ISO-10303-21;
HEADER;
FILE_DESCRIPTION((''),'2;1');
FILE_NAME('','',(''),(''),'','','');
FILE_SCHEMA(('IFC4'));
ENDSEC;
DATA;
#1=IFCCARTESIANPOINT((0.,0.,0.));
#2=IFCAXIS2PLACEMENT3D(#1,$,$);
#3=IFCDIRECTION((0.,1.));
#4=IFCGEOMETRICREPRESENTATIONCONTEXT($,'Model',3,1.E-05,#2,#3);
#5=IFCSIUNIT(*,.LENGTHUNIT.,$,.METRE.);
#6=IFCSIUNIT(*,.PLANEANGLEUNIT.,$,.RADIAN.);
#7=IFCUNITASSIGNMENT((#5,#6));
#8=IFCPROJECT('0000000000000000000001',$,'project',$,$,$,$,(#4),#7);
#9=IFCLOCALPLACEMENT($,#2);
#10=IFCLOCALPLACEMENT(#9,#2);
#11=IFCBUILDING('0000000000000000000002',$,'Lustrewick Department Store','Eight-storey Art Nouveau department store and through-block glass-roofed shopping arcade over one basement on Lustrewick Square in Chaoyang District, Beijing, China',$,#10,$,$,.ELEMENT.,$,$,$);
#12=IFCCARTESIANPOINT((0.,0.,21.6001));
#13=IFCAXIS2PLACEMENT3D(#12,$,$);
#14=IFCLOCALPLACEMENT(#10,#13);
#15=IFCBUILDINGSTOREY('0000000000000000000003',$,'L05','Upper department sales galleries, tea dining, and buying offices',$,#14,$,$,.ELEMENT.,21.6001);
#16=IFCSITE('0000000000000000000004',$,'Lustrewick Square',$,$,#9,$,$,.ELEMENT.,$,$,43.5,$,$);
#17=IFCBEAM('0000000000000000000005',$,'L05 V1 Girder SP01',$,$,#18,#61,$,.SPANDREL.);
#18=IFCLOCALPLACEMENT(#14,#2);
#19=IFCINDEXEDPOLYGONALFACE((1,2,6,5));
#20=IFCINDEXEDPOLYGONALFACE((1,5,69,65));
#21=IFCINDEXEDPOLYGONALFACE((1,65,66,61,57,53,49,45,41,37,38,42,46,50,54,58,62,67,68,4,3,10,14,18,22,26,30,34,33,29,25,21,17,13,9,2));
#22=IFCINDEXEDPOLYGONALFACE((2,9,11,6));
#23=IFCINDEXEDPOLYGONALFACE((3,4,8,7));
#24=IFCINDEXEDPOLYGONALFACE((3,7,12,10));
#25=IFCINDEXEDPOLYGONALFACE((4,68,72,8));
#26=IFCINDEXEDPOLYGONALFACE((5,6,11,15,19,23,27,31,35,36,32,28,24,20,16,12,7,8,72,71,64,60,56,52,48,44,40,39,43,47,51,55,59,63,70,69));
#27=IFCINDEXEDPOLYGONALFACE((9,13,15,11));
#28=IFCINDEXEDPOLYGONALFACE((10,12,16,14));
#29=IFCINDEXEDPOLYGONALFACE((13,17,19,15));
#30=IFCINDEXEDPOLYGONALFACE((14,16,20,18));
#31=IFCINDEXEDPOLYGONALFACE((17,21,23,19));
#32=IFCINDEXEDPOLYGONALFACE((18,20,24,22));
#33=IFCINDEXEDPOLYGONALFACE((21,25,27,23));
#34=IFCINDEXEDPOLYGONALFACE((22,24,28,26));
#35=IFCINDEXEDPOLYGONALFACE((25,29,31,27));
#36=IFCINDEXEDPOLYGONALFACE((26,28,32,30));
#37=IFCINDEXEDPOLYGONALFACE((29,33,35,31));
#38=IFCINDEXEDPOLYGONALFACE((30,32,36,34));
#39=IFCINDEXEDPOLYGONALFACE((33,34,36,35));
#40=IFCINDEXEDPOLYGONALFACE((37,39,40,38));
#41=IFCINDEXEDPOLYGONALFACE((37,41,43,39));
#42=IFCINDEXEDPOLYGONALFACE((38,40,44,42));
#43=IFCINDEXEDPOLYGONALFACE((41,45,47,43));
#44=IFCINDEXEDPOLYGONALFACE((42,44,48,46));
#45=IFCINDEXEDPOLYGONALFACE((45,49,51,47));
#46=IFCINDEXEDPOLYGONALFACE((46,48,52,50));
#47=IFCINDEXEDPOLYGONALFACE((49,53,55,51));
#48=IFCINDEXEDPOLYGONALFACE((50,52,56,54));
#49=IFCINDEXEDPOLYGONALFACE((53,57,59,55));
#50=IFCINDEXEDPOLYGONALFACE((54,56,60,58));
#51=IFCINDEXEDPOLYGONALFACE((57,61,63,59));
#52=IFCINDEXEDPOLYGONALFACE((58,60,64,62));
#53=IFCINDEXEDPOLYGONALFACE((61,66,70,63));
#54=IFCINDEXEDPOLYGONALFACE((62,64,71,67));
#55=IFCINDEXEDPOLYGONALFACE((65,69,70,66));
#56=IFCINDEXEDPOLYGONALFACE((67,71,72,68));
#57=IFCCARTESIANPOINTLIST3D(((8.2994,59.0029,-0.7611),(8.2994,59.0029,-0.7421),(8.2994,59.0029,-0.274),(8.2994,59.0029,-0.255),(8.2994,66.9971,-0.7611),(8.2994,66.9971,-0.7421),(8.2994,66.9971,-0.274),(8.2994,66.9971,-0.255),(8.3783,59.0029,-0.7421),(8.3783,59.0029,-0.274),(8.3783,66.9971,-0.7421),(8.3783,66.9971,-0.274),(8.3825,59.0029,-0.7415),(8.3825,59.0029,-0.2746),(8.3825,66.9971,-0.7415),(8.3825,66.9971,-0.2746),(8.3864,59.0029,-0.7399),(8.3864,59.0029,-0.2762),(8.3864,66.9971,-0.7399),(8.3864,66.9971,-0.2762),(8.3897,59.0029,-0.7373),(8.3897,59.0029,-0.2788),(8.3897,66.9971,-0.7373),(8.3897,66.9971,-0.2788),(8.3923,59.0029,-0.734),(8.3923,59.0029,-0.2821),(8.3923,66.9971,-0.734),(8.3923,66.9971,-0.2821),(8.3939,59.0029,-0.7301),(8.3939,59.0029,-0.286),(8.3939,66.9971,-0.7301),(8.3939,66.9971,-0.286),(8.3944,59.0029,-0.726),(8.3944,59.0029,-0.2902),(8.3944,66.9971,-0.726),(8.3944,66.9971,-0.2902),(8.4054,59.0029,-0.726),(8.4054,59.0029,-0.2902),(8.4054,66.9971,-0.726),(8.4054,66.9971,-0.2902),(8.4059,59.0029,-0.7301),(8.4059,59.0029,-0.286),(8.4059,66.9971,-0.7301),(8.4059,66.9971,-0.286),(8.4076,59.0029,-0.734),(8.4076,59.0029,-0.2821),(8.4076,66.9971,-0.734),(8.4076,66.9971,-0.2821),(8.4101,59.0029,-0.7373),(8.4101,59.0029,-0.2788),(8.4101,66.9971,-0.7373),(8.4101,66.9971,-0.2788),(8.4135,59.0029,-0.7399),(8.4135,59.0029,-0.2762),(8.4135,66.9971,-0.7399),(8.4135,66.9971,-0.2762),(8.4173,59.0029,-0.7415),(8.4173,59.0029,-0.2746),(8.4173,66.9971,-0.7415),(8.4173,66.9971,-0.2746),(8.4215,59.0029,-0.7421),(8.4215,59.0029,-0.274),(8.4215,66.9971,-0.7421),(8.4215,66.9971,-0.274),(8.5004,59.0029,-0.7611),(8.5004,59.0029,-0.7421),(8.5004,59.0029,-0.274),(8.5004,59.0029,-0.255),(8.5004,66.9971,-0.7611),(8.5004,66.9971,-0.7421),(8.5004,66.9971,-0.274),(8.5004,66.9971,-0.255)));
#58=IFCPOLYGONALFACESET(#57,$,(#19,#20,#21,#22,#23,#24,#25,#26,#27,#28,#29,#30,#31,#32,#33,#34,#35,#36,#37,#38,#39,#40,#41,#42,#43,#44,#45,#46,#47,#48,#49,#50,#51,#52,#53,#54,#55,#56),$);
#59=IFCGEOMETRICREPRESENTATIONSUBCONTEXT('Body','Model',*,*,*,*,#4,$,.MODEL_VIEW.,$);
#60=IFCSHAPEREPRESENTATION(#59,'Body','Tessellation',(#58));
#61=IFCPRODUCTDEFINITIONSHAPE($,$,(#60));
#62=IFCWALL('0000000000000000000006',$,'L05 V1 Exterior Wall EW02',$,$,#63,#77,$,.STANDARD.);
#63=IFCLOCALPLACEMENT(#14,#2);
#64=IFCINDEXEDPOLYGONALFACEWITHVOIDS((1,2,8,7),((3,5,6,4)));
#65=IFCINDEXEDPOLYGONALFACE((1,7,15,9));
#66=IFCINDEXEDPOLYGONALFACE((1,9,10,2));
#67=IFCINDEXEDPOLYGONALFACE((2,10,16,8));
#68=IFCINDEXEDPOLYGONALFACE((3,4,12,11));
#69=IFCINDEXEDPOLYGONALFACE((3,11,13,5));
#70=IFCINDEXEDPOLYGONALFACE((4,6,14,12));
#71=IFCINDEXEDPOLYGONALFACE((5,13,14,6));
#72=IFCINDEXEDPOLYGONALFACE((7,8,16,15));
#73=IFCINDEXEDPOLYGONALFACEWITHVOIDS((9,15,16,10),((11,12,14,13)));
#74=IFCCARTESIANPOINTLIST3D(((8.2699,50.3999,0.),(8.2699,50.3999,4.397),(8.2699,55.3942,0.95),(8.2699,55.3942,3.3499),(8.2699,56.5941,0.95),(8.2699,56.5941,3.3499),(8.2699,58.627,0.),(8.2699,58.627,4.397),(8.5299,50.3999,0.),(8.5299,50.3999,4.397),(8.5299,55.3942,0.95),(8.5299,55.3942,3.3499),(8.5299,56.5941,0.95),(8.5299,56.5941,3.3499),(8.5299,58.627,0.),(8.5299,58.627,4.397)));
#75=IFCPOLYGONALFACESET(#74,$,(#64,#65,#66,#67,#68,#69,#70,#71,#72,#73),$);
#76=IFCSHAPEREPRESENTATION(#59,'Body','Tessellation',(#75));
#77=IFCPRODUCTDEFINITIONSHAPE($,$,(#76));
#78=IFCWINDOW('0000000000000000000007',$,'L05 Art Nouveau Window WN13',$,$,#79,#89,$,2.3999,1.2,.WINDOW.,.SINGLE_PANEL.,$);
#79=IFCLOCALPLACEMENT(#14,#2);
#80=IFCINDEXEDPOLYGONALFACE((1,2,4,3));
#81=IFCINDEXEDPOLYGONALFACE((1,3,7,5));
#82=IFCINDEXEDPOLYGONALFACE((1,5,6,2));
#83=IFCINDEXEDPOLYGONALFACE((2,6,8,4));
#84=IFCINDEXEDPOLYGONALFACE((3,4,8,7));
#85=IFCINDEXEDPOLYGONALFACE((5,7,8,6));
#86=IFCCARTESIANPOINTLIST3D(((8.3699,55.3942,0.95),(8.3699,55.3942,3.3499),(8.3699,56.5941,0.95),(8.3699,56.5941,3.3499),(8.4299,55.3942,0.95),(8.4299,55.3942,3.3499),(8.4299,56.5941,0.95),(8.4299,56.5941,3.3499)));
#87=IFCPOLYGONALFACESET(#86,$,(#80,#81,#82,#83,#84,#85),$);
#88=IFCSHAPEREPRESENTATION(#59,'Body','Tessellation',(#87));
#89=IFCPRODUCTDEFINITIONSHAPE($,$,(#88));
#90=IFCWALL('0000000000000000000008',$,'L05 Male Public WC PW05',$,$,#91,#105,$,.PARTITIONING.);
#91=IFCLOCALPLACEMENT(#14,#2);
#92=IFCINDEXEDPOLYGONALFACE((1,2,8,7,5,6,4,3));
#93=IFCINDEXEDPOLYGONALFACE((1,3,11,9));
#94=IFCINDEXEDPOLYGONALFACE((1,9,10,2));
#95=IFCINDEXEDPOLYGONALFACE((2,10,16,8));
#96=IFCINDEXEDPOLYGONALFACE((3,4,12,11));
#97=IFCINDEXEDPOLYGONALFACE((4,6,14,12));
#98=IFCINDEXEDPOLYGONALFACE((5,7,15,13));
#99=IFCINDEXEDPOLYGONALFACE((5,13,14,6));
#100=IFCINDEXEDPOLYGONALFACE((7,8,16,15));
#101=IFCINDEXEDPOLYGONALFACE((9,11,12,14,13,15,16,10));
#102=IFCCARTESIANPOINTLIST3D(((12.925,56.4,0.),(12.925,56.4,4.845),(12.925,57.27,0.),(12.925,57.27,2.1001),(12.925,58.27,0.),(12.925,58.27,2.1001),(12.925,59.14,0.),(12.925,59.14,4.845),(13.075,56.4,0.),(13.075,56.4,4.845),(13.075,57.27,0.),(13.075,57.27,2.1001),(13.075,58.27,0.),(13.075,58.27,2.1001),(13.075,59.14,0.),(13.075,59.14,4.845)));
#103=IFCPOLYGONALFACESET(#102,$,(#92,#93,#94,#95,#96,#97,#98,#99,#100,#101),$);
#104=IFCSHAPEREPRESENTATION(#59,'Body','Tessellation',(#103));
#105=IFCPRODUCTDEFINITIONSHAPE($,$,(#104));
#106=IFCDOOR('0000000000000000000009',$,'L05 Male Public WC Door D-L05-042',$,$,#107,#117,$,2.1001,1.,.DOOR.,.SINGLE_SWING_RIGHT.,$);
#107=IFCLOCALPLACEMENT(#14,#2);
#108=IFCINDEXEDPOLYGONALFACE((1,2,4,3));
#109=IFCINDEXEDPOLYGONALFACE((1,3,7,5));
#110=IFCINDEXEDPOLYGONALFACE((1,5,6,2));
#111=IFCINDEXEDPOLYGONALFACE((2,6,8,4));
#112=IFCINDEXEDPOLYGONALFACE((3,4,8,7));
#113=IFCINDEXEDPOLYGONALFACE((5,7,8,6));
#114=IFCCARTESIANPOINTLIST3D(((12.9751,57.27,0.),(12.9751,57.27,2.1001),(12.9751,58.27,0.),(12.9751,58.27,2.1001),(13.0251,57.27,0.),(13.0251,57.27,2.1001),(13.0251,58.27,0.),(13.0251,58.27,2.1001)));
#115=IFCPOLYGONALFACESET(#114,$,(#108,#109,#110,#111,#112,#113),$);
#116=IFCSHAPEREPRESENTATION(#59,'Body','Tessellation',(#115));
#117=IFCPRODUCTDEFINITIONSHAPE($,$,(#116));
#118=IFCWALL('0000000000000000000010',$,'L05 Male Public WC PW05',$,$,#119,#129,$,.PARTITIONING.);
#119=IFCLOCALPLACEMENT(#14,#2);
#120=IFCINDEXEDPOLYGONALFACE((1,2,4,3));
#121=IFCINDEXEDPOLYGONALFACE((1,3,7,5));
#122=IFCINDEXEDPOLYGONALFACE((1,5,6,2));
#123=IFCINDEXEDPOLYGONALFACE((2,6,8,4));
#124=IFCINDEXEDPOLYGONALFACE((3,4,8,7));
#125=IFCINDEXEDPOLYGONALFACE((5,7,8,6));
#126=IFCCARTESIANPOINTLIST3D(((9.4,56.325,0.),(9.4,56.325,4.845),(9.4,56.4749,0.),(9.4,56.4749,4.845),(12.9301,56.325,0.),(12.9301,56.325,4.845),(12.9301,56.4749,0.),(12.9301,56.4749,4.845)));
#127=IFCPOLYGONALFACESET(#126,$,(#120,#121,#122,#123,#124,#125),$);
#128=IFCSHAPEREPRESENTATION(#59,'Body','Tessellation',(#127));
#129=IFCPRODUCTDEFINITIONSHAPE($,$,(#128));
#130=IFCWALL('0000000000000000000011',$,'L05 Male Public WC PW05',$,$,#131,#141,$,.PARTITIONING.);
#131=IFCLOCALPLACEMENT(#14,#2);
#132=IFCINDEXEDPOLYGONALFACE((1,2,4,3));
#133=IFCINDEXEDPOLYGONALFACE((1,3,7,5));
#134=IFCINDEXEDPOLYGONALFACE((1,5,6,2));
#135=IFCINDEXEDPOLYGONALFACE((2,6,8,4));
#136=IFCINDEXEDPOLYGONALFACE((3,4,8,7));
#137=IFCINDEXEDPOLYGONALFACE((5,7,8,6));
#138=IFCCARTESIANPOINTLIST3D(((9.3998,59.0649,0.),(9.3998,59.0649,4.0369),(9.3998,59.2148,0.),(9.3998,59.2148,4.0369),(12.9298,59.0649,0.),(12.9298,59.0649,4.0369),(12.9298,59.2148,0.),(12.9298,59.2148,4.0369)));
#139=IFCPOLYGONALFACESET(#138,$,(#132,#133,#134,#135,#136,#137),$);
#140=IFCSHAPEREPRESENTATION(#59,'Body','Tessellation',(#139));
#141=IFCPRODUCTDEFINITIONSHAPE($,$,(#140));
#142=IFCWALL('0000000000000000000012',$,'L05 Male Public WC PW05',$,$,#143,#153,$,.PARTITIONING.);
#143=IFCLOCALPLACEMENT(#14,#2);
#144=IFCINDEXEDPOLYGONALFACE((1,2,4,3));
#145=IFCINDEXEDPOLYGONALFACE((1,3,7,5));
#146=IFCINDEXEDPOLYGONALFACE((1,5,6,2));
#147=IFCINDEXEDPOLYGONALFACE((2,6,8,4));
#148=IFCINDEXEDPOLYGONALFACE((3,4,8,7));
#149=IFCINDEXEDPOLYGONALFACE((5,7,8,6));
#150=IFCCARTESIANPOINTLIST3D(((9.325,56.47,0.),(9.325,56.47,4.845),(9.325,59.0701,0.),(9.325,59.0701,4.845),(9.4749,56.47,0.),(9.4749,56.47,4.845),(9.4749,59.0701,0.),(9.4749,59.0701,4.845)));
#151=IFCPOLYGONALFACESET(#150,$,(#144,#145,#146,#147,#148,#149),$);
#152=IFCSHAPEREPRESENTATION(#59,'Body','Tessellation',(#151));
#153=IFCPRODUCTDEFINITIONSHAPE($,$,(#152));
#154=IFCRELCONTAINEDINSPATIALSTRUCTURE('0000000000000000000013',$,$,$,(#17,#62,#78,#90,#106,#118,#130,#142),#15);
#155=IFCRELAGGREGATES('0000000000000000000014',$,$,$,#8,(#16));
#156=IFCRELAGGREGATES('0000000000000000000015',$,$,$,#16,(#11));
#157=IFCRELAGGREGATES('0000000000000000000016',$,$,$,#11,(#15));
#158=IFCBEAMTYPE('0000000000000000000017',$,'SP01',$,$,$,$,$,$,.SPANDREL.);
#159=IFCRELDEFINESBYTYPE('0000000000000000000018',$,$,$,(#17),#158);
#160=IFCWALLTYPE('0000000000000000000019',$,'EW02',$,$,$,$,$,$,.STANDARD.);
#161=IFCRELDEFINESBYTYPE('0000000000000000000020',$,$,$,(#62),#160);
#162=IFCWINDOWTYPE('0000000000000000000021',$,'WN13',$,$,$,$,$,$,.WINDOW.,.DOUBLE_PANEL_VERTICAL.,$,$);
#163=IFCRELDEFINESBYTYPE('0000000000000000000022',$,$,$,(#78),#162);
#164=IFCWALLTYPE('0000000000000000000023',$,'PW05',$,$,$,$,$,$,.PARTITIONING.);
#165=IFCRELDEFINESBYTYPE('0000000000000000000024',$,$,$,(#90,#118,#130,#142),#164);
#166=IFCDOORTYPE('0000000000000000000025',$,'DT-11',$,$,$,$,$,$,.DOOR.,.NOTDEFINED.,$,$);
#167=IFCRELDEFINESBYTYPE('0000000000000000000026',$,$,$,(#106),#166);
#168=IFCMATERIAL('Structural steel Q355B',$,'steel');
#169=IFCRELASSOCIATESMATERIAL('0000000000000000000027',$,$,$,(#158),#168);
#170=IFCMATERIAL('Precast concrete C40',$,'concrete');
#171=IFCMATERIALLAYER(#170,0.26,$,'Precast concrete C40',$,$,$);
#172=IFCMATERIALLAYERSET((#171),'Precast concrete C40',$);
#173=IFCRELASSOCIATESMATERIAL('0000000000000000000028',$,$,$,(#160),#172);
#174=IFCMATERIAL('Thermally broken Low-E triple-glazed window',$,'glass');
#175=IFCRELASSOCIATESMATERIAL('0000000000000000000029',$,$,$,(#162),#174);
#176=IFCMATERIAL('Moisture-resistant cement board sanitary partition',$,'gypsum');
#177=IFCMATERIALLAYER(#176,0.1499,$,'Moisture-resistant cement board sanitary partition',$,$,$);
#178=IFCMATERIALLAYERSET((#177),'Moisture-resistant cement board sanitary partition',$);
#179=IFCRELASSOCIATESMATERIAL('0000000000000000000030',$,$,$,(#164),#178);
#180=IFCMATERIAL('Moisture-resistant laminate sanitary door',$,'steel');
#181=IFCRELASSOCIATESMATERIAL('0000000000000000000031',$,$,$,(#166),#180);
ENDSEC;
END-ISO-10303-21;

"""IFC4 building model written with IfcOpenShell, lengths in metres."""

from ifc_helpers import new_model, si_unit, direction, frame, frame_2d, origin, origin_2d, place, context, subcontext, project, spatial, rectangle, i_section, extrude, material, layer, layer_set, material_profile, profile_set, type_object, element, fill, save


model = new_model("IFC4")

# Units and contexts
model_context = context("Model", 3, precision=1e-05, world=origin(), true_north=direction((0.0, 1.0)))
body_context = subcontext(model_context, "Body", "Model", "MODEL_VIEW")
ifc_project = project(units=[si_unit("LENGTHUNIT", "METRE"), si_unit("PLANEANGLEUNIT", "RADIAN")], contexts=[model_context])

# Site, building, storey
site_placement = place(None, origin())
site = spatial("IfcSite", under=ifc_project, at=site_placement, Name="Lustrewick Square", CompositionType="ELEMENT", RefElevation=43.5)
building_placement = place(site_placement, origin())
building = spatial("IfcBuilding", under=site, at=building_placement, Name="Lustrewick Department Store", Description="Eight-storey Art Nouveau department store and through-block glass-roofed shopping arcade over one basement on Lustrewick Square in Chaoyang District, Beijing, China", CompositionType="ELEMENT")
storey_placement = place(building_placement, frame((0.0, 0.0, 21.6001)))
storey = spatial("IfcBuildingStorey", under=building, at=storey_placement, Name="L05", Description="Upper department sales galleries, tea dining, and buying offices", CompositionType="ELEMENT", Elevation=21.6001)

# Shared definitions
ifc_material_1 = material(Name="Structural steel Q355B", Category="steel")

# Beam
ifc_material_profile_1 = material_profile(ifc_material_1, i_section(OverallWidth=0.2009, OverallDepth=0.5061, WebThickness=0.011, FlangeThickness=0.019, FilletRadius=0.0161, at=origin_2d()), Name="HN 506x201x11x19")
ifc_profile_set_1 = profile_set([ifc_material_profile_1], Name="Structural steel Q355B")
beam_type_1 = type_object("IfcBeamType", Name="SP01", PredefinedType="SPANDREL", material=ifc_profile_set_1)
beam_1_placement = place(storey_placement, frame((8.3999, 59.0029, -0.5081), z_axis=(0.0, 1.0, 0.0), x_axis=(-1.0, 0.0, 0.0)))
element("IfcBeam", 1, at=beam_1_placement, inside=storey, type_object=beam_type_1, Name="L05 V1 Girder SP01", PredefinedType="SPANDREL", context=body_context, shape_type="SweptSolid", body=[
    extrude(i_section(OverallWidth=0.2009, OverallDepth=0.5061, WebThickness=0.011, FlangeThickness=0.019, FilletRadius=0.0161, at=origin_2d()), origin(), (0.0, 0.0, 1.0), 7.9941),
])

# Wall, opening, window
ifc_material_2 = material(Name="Precast concrete C40", Category="concrete")
ifc_layer_1 = layer(ifc_material_2, 0.26, Name="Precast concrete C40")
ifc_layer_set_1 = layer_set([ifc_layer_1], Name="Precast concrete C40")
wall_type_1 = type_object("IfcWallType", Name="EW02", PredefinedType="STANDARD", material=ifc_layer_set_1)
wall_1_placement = place(storey_placement, frame((8.3999, 58.627, 0.0), z_axis=(0.0, 0.0, 1.0), x_axis=(0.0, -1.0, 0.0)))
wall_1 = element("IfcWall", 2, at=wall_1_placement, inside=storey, type_object=wall_type_1, Name="L05 V1 Exterior Wall EW02", PredefinedType="STANDARD", context=body_context, shape_type="SweptSolid", body=[
    extrude(rectangle(XDim=8.2271, YDim=0.26, at=frame_2d((4.1135, 0.0))), origin(), (0.0, 0.0, 1.0), 4.397),
])
opening_1_placement = place(wall_1_placement, frame((2.0327, 0.0, 0.95)))
opening_1 = element("IfcOpeningElement", 3, at=opening_1_placement, cuts=wall_1, PredefinedType="OPENING", context=body_context, shape_type="SweptSolid", body=[
    extrude(rectangle(XDim=1.2, YDim=2.3999, at=frame_2d((0.6001, 1.2))), frame((0.0, 0.1401, 0.0), z_axis=(0.0, -1.0, 0.0), x_axis=(1.0, 0.0, 0.0)), (0.0, 0.0, 1.0), 0.28),
])
ifc_material_3 = material(Name="Thermally broken Low-E triple-glazed window", Category="glass")
window_type = type_object("IfcWindowType", Name="WN13", PartitioningType="DOUBLE_PANEL_VERTICAL", PredefinedType="WINDOW", material=ifc_material_3)
window_placement = place(opening_1_placement, origin())
window = element("IfcWindow", 4, at=window_placement, inside=storey, type_object=window_type, Name="L05 Art Nouveau Window WN13", OverallHeight=2.3999, OverallWidth=1.2, PartitioningType="SINGLE_PANEL", PredefinedType="WINDOW", context=body_context, shape_type="SweptSolid", body=[
    extrude(rectangle(XDim=1.2, YDim=2.3999, at=frame_2d((0.6001, 1.2))), frame((0.0, 0.03, 0.0), z_axis=(0.0, -1.0, 0.0), x_axis=(1.0, 0.0, 0.0)), (0.0, 0.0, 1.0), 0.0601),
])
fill(opening_1, window)

# Wall, opening, door
ifc_material_4 = material(Name="Moisture-resistant cement board sanitary partition", Category="gypsum")
ifc_layer_2 = layer(ifc_material_4, 0.1499, Name="Moisture-resistant cement board sanitary partition")
ifc_layer_set_2 = layer_set([ifc_layer_2], Name="Moisture-resistant cement board sanitary partition")
wall_type_2 = type_object("IfcWallType", Name="PW05", PredefinedType="PARTITIONING", material=ifc_layer_set_2)
wall_2_placement = place(storey_placement, frame((13.0, 56.3999, 0.0), z_axis=(0.0, 0.0, 1.0), x_axis=(0.0, 1.0, 0.0)))
wall_2 = element("IfcWall", 5, at=wall_2_placement, inside=storey, type_object=wall_type_2, Name="L05 Male Public WC PW05", PredefinedType="PARTITIONING", context=body_context, shape_type="SweptSolid", body=[
    extrude(rectangle(XDim=2.74, YDim=0.1499, at=frame_2d((1.3701, 0.0))), origin(), (0.0, 0.0, 1.0), 4.845),
])
opening_2_placement = place(wall_2_placement, frame((0.8701, 0.0, 0.0)))
opening_2 = element("IfcOpeningElement", 6, at=opening_2_placement, cuts=wall_2, PredefinedType="OPENING", context=body_context, shape_type="SweptSolid", body=[
    extrude(rectangle(XDim=1.0, YDim=2.1001, at=frame_2d((0.5, 1.05))), frame((0.0, 0.085, 0.0), z_axis=(0.0, -1.0, 0.0), x_axis=(1.0, 0.0, 0.0)), (0.0, 0.0, 1.0), 0.1699),
])
ifc_material_5 = material(Name="Moisture-resistant laminate sanitary door", Category="steel")
door_type_1 = type_object("IfcDoorType", Name="DT-11", OperationType="NOTDEFINED", PredefinedType="DOOR", material=ifc_material_5)
door_1_placement = place(opening_2_placement, origin())
door_1 = element("IfcDoor", 7, at=door_1_placement, inside=storey, type_object=door_type_1, Name="L05 Male Public WC Door D-L05-042", OperationType="SINGLE_SWING_RIGHT", OverallHeight=2.1001, OverallWidth=1.0, PredefinedType="DOOR", context=body_context, shape_type="SweptSolid", body=[
    extrude(rectangle(XDim=1.0, YDim=2.1001, at=frame_2d((0.5, 1.05))), frame((0.0, 0.0249, 0.0), z_axis=(0.0, -1.0, 0.0), x_axis=(1.0, 0.0, 0.0)), (0.0, 0.0, 1.0), 0.05),
])
fill(opening_2, door_1)

# Walls
wall_3_placement = place(storey_placement, frame((9.3999, 56.3999, 0.0), z_axis=(0.0, 0.0, 1.0), x_axis=(1.0, 0.0, 0.0)))
element("IfcWall", 8, at=wall_3_placement, inside=storey, type_object=wall_type_2, Name="L05 Male Public WC PW05", PredefinedType="PARTITIONING", context=body_context, shape_type="SweptSolid", body=[
    extrude(rectangle(XDim=3.53, YDim=0.1499, at=frame_2d((1.7651, 0.0))), origin(), (0.0, 0.0, 1.0), 4.845),
])
wall_4_placement = place(storey_placement, frame((12.9299, 59.1399, 0.0), z_axis=(0.0, 0.0, 1.0), x_axis=(-1.0, 0.0, 0.0)))
element("IfcWall", 9, at=wall_4_placement, inside=storey, type_object=wall_type_2, Name="L05 Male Public WC PW05", PredefinedType="PARTITIONING", context=body_context, shape_type="SweptSolid", body=[
    extrude(rectangle(XDim=3.53, YDim=0.1499, at=frame_2d((1.7651, 0.0))), origin(), (0.0, 0.0, 1.0), 4.0369),
])
wall_5_placement = place(storey_placement, frame((9.3999, 59.0701, 0.0), z_axis=(0.0, 0.0, 1.0), x_axis=(0.0, -1.0, 0.0)))
element("IfcWall", 10, at=wall_5_placement, inside=storey, type_object=wall_type_2, Name="L05 Male Public WC PW05", PredefinedType="PARTITIONING", context=body_context, shape_type="SweptSolid", body=[
    extrude(rectangle(XDim=2.6001, YDim=0.1499, at=frame_2d((1.3, 0.0))), origin(), (0.0, 0.0, 1.0), 4.845),
])

save(model, "model.ifc")
